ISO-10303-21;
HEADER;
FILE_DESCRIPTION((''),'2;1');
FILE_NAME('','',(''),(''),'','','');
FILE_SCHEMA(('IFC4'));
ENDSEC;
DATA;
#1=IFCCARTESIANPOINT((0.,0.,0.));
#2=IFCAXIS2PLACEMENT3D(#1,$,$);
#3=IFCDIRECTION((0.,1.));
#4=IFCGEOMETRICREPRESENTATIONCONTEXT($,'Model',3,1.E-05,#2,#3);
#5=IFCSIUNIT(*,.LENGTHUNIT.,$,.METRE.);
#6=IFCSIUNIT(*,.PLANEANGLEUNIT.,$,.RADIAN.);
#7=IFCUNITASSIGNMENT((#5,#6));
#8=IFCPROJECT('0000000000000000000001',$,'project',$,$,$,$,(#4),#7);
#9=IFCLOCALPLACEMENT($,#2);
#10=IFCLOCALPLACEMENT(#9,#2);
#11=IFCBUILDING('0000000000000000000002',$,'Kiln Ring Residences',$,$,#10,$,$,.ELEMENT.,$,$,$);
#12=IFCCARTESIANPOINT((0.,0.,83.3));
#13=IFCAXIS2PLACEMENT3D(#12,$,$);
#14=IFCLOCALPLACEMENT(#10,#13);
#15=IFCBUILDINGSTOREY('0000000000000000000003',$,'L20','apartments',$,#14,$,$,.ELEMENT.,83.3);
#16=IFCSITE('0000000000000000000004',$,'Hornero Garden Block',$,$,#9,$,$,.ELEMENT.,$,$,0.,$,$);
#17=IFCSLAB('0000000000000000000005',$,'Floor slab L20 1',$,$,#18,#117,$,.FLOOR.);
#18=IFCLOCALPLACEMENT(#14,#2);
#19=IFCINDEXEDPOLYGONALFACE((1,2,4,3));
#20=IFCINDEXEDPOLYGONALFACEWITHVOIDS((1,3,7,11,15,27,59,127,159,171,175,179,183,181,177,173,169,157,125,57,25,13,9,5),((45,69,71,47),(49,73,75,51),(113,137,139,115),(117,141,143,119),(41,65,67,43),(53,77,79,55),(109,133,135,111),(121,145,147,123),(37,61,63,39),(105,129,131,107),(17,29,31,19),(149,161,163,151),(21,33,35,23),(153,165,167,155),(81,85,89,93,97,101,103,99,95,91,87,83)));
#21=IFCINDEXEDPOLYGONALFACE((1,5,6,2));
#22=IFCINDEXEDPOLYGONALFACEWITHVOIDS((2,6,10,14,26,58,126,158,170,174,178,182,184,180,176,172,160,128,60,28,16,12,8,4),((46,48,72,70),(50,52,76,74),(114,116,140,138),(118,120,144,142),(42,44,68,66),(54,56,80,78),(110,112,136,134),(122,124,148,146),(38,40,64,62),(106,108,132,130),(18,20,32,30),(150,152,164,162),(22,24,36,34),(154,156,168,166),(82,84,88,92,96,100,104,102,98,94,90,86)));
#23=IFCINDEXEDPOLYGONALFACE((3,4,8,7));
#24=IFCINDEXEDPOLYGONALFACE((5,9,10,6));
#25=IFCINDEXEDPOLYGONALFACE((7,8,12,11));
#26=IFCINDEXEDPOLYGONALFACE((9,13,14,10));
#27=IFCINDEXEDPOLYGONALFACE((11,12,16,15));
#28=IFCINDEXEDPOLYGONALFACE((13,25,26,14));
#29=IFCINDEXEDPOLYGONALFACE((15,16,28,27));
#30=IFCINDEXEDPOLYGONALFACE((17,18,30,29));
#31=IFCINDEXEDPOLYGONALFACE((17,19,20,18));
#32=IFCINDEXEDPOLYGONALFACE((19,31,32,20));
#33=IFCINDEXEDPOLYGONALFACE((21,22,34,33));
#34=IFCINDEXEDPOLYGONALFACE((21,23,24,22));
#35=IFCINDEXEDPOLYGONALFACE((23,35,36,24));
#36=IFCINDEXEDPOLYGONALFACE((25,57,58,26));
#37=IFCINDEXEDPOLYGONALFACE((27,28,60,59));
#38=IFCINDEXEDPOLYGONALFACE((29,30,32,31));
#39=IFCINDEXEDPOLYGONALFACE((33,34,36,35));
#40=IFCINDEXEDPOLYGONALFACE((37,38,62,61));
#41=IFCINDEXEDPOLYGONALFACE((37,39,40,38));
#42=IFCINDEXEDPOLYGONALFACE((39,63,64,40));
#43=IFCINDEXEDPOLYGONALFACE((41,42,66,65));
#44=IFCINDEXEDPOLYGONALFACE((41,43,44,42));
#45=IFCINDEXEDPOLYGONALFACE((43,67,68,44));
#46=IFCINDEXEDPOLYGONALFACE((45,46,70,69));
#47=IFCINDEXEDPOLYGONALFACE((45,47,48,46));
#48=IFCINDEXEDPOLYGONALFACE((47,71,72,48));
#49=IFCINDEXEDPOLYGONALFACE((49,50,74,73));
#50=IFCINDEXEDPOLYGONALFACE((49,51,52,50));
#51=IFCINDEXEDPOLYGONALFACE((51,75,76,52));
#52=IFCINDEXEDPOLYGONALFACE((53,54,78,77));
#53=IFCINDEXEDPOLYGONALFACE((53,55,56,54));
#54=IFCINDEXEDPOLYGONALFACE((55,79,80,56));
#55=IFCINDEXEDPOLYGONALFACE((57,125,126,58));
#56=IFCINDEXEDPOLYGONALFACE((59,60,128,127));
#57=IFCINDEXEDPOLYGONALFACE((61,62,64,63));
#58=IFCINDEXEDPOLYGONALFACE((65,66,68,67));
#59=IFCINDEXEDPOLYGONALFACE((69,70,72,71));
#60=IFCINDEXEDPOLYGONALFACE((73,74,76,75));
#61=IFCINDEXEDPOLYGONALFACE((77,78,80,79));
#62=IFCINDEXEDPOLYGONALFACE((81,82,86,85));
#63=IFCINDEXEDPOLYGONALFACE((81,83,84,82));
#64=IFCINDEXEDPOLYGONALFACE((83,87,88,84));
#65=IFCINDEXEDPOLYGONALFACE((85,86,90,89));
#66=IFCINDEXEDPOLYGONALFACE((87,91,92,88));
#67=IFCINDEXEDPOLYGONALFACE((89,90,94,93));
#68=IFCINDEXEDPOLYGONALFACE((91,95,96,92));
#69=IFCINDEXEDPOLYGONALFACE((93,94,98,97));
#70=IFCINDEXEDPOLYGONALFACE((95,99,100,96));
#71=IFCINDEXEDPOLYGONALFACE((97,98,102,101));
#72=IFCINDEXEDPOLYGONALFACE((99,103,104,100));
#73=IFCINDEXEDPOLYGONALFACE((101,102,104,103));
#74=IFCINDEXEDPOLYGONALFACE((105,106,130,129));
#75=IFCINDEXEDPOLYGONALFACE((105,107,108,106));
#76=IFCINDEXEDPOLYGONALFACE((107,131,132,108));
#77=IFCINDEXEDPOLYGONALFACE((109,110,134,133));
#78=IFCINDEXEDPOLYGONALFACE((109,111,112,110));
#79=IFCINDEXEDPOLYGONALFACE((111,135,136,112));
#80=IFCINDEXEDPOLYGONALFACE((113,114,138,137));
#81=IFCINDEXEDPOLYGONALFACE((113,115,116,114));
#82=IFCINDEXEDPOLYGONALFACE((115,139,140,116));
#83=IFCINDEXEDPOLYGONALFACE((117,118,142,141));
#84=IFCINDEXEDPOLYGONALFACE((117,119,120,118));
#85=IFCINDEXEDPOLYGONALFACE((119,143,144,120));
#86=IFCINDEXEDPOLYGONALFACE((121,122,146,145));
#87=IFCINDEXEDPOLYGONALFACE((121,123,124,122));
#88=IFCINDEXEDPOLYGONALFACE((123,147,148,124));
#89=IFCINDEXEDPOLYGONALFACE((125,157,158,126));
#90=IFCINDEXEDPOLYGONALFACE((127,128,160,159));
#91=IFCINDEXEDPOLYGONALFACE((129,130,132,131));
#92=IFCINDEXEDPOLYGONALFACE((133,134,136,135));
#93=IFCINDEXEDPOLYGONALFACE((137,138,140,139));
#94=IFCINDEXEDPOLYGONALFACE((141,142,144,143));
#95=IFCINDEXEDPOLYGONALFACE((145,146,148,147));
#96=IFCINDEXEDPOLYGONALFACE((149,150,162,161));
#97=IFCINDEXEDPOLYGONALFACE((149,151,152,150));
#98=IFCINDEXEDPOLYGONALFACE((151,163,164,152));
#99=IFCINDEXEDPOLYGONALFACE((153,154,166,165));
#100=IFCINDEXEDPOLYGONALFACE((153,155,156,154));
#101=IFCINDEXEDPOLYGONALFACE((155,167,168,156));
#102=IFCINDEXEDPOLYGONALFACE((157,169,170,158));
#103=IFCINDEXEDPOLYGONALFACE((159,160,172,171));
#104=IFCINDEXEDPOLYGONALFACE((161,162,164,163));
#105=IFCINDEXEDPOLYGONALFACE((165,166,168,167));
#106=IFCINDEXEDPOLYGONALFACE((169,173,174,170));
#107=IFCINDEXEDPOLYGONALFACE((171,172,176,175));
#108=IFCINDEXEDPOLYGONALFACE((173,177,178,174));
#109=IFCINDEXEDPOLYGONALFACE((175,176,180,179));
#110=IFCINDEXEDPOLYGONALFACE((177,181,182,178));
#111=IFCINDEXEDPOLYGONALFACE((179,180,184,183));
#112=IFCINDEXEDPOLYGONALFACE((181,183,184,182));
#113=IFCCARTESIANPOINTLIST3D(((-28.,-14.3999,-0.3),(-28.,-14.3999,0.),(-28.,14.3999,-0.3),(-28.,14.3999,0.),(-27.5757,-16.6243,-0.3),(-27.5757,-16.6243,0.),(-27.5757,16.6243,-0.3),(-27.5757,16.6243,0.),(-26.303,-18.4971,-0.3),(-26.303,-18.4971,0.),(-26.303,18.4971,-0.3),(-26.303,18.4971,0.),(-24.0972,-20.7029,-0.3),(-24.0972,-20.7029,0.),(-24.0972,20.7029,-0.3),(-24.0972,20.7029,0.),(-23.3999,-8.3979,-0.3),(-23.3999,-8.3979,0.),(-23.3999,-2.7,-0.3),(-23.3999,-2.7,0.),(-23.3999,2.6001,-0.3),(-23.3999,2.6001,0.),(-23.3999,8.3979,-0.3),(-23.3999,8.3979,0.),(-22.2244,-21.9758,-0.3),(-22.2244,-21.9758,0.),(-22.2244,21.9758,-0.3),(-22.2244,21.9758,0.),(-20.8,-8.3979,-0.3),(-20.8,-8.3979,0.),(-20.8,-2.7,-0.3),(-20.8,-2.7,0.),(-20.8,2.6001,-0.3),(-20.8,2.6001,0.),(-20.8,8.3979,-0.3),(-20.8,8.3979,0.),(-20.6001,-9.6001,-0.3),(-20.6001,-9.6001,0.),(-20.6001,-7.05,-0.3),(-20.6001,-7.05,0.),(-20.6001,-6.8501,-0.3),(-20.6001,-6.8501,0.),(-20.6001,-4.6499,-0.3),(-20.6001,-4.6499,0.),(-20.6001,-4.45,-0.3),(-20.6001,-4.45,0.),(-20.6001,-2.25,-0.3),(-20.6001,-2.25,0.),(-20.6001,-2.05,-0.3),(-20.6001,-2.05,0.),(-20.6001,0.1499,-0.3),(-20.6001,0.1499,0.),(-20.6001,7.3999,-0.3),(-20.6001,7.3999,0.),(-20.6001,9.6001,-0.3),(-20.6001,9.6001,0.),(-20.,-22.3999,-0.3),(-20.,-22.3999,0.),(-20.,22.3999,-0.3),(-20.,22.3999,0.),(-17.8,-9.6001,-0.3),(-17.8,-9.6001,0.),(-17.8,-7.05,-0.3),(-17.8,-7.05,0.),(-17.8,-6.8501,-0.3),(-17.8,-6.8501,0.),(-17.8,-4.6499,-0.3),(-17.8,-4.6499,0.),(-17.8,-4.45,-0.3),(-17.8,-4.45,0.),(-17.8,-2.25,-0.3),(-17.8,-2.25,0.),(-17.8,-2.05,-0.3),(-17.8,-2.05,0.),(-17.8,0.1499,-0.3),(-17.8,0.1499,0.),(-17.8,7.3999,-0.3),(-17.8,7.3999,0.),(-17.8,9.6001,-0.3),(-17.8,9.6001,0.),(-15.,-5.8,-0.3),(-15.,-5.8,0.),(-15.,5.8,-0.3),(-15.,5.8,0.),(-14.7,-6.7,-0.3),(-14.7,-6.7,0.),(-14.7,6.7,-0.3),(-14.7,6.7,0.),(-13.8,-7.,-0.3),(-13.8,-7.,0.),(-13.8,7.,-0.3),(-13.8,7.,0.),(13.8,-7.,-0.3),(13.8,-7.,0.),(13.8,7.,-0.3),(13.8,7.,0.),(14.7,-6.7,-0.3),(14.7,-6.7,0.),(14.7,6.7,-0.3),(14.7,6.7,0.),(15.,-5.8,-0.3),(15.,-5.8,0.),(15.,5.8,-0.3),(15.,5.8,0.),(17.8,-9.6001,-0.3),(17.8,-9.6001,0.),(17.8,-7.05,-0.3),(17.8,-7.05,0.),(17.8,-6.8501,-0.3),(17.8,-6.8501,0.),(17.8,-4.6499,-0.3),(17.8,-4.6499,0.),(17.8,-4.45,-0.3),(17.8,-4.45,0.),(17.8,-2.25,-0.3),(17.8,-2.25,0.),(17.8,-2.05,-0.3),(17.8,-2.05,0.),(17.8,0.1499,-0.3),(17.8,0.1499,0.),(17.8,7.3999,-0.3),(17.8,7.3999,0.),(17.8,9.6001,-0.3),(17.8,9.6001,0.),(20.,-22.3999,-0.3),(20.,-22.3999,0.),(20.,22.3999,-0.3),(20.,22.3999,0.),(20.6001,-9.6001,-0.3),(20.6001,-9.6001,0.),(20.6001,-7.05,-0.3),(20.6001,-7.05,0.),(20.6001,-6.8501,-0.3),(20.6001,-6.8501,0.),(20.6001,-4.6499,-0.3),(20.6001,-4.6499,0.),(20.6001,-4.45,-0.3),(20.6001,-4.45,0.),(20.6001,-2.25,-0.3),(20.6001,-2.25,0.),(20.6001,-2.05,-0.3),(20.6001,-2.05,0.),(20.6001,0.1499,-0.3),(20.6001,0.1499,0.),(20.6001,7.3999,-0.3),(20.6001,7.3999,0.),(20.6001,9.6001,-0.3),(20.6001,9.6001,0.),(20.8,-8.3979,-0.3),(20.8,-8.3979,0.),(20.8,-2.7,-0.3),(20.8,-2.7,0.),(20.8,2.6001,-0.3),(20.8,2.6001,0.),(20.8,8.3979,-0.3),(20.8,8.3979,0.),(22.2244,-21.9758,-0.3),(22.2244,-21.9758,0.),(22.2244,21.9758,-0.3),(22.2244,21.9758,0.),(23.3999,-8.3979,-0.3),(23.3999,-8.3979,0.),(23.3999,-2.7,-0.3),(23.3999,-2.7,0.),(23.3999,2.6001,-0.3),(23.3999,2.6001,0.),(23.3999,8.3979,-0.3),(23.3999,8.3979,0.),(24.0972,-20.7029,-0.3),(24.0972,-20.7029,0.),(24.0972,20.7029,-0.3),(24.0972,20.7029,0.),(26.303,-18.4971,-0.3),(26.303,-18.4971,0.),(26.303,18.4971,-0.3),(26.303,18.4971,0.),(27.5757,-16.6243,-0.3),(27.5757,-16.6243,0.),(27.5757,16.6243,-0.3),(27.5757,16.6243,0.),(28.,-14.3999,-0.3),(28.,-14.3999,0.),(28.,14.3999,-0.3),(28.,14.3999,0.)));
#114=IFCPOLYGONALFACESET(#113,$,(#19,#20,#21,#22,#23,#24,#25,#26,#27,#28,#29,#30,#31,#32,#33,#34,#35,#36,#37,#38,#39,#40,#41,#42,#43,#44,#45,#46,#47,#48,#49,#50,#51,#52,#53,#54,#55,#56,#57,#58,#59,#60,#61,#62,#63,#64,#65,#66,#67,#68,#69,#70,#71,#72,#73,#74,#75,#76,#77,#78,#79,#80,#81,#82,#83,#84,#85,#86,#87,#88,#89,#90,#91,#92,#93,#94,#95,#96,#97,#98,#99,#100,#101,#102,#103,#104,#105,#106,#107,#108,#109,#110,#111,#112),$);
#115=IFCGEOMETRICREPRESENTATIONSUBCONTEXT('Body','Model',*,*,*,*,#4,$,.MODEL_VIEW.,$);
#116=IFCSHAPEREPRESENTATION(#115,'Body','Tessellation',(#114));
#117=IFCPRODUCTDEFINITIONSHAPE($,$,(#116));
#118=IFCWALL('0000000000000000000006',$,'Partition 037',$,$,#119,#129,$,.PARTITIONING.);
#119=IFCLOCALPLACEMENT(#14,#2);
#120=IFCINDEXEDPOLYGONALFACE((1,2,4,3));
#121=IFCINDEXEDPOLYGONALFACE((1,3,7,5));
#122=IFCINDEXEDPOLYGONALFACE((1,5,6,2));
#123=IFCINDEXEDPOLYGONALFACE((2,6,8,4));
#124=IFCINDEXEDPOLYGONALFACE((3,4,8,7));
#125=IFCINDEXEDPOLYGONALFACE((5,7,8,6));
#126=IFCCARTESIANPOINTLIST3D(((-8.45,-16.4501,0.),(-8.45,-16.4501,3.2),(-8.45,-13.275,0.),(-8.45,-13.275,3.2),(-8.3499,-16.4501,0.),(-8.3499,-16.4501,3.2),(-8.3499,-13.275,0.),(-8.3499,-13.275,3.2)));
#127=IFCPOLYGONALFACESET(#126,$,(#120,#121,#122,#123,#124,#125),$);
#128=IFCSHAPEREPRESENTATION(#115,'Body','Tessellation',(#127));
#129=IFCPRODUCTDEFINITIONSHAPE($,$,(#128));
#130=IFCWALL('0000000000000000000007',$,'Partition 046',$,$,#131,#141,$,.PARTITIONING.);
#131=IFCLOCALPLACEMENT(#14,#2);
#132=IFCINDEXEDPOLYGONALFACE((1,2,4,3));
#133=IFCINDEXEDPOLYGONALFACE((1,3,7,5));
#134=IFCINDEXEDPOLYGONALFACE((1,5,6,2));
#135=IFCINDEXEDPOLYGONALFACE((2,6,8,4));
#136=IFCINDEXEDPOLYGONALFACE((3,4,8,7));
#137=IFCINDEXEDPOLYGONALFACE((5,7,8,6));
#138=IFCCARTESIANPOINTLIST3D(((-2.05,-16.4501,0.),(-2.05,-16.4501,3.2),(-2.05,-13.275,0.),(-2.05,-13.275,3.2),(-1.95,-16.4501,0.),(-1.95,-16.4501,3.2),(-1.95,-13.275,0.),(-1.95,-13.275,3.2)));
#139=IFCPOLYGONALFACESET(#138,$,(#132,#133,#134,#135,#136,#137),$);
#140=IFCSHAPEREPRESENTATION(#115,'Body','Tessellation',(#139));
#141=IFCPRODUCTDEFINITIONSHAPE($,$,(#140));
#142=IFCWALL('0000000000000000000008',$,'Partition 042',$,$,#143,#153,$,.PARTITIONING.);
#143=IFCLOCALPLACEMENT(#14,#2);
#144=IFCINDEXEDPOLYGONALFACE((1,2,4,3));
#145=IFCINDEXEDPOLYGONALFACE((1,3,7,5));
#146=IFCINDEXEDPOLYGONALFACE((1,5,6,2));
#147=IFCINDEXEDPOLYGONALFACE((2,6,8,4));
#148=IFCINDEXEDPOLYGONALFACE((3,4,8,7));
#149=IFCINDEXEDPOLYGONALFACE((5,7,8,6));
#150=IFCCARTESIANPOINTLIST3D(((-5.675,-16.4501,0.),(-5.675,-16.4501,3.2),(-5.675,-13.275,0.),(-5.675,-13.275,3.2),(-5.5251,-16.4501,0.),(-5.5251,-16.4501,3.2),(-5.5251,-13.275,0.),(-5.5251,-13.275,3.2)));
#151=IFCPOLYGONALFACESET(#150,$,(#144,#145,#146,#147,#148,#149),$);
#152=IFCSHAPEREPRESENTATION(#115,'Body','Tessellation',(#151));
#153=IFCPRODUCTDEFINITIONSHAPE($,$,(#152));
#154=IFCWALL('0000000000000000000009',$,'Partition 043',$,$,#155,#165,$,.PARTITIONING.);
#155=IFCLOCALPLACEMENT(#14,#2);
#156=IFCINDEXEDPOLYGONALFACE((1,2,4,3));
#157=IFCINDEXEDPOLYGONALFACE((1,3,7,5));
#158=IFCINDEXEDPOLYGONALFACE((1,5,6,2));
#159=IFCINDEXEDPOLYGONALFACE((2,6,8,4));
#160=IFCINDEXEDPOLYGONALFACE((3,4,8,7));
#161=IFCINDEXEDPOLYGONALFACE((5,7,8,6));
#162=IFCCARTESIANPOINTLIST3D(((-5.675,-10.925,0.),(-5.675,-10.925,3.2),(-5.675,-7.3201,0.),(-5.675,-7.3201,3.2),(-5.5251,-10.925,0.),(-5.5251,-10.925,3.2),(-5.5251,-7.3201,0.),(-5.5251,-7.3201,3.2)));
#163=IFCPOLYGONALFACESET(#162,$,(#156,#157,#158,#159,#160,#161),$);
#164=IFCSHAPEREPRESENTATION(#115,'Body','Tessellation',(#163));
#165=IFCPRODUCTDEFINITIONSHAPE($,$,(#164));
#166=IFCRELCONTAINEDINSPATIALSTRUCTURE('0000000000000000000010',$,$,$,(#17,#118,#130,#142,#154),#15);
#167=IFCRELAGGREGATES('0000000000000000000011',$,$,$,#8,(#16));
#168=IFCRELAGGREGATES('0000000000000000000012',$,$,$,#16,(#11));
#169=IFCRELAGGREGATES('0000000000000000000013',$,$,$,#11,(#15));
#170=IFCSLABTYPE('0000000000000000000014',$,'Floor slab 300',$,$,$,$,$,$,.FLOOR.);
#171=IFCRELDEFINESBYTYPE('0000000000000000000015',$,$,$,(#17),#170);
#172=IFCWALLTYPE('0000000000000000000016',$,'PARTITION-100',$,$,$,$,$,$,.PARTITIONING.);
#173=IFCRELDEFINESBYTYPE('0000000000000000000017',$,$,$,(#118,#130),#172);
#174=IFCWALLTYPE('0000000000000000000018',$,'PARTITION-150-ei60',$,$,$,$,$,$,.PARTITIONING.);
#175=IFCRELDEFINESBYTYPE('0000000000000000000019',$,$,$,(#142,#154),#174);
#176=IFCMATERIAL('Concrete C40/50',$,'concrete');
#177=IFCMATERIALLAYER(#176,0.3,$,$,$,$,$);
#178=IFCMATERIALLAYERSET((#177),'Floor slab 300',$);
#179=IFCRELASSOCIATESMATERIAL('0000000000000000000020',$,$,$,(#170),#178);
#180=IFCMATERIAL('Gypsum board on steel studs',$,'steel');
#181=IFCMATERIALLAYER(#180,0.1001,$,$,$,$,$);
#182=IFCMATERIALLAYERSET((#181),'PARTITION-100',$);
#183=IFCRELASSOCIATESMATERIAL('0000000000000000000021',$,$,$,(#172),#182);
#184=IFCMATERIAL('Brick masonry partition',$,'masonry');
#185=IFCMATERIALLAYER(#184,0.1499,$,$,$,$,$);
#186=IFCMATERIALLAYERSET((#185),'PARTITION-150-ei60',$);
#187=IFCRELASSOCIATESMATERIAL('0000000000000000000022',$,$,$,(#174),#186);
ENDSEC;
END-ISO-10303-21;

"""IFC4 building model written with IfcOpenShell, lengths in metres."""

from ifc_helpers import new_model, si_unit, direction, frame, frame_2d, origin, place, context, subcontext, project, spatial, polyline, rectangle, outline, extrude, material, layer, layer_set, type_object, element, save


model = new_model("IFC4")

# Units and contexts
model_context = context("Model", 3, precision=1e-05, world=origin(), true_north=direction((0.0, 1.0)))
body_context = subcontext(model_context, "Body", "Model", "MODEL_VIEW")
ifc_project = project(units=[si_unit("LENGTHUNIT", "METRE"), si_unit("PLANEANGLEUNIT", "RADIAN")], contexts=[model_context])

# Site, building, storey
site_placement = place(None, origin())
site = spatial("IfcSite", under=ifc_project, at=site_placement, Name="Hornero Garden Block", CompositionType="ELEMENT", RefElevation=0.0)
building_placement = place(site_placement, origin())
building = spatial("IfcBuilding", under=site, at=building_placement, Name="Kiln Ring Residences", CompositionType="ELEMENT")
storey_placement = place(building_placement, frame((0.0, 0.0, 83.3)))
storey = spatial("IfcBuildingStorey", under=building, at=storey_placement, Name="L20", Description="apartments", CompositionType="ELEMENT", Elevation=83.3)

# Slab
ifc_material_1 = material(Name="Concrete C40/50", Category="concrete")
ifc_layer_1 = layer(ifc_material_1, 0.3)
ifc_layer_set_1 = layer_set([ifc_layer_1], Name="Floor slab 300")
slab_type = type_object("IfcSlabType", Name="Floor slab 300", PredefinedType="FLOOR", material=ifc_layer_set_1)
slab_placement = place(storey_placement, frame((0.0, 0.0, -0.3)))
element("IfcSlab", 1, at=slab_placement, inside=storey, type_object=slab_type, Name="Floor slab L20 1", PredefinedType="FLOOR", context=body_context, shape_type="SweptSolid", body=[
    extrude(outline(polyline([(-26.303, -18.4971), (-24.0972, -20.7029), (-22.2244, -21.9758), (-20.0, -22.3999), (20.0, -22.3999), (22.2244, -21.9758), (24.0972, -20.7029), (26.303, -18.4971), (27.5757, -16.6243), (28.0, -14.3999), (28.0, 14.3999), (27.5757, 16.6243), (26.303, 18.4971), (24.0972, 20.7029), (22.2244, 21.9758), (20.0, 22.3999), (-20.0, 22.3999), (-22.2244, 21.9758), (-24.0972, 20.7029), (-26.303, 18.4971), (-27.5757, 16.6243), (-28.0, 14.3999), (-28.0, -14.3999), (-27.5757, -16.6243), (-26.303, -18.4971)]), holes=[polyline([(-14.7, -6.7), (-15.0, -5.8), (-15.0, 5.8), (-14.7, 6.7), (-13.8, 7.0), (13.8, 7.0), (14.7, 6.7), (15.0, 5.8), (15.0, -5.8), (14.7, -6.7), (13.8, -7.0), (-13.8, -7.0), (-14.7, -6.7)]), polyline([(20.8, -8.3979), (20.8, -2.7), (23.3999, -2.7), (23.3999, -8.3979), (20.8, -8.3979)]), polyline([(20.8, 2.6001), (20.8, 8.3979), (23.3999, 8.3979), (23.3999, 2.6001), (20.8, 2.6001)]), polyline([(17.8, -6.8501), (17.8, -4.6499), (20.6001, -4.6499), (20.6001, -6.8501), (17.8, -6.8501)]), polyline([(17.8, -4.45), (17.8, -2.25), (20.6001, -2.25), (20.6001, -4.45), (17.8, -4.45)]), polyline([(17.8, -2.05), (17.8, 0.1499), (20.6001, 0.1499), (20.6001, -2.05), (17.8, -2.05)]), polyline([(17.8, 7.3999), (17.8, 9.6001), (20.6001, 9.6001), (20.6001, 7.3999), (17.8, 7.3999)]), polyline([(20.6001, -9.6001), (17.8, -9.6001), (17.8, -7.05), (20.6001, -7.05), (20.6001, -9.6001)]), polyline([(-17.8, -7.05), (-17.8, -9.6001), (-20.6001, -9.6001), (-20.6001, -7.05), (-17.8, -7.05)]), polyline([(-17.8, -6.8501), (-20.6001, -6.8501), (-20.6001, -4.6499), (-17.8, -4.6499), (-17.8, -6.8501)]), polyline([(-17.8, -4.45), (-20.6001, -4.45), (-20.6001, -2.25), (-17.8, -2.25), (-17.8, -4.45)]), polyline([(-17.8, -2.05), (-20.6001, -2.05), (-20.6001, 0.1499), (-17.8, 0.1499), (-17.8, -2.05)]), polyline([(-17.8, 7.3999), (-20.6001, 7.3999), (-20.6001, 9.6001), (-17.8, 9.6001), (-17.8, 7.3999)]), polyline([(-20.8, -8.3979), (-23.3999, -8.3979), (-23.3999, -2.7), (-20.8, -2.7), (-20.8, -8.3979)]), polyline([(-20.8, 2.6001), (-23.3999, 2.6001), (-23.3999, 8.3979), (-20.8, 8.3979), (-20.8, 2.6001)])]), origin(), (0.0, 0.0, 1.0), 0.3),
])

# Walls
ifc_material_2 = material(Name="Gypsum board on steel studs", Category="steel")
ifc_layer_2 = layer(ifc_material_2, 0.1001)
ifc_layer_set_2 = layer_set([ifc_layer_2], Name="PARTITION-100")
wall_type_1 = type_object("IfcWallType", Name="PARTITION-100", PredefinedType="PARTITIONING", material=ifc_layer_set_2)
for number, where, z_axis, x_axis, name in (
    (2, (-8.3999, -16.45, 0.0), (0.0, 0.0, 1.0), (0.0, 1.0, 0.0), "Partition 037"),
    (3, (-2.0, -16.45, 0.0), (0.0, 0.0, 1.0), (0.0, 1.0, 0.0), "Partition 046"),
):
    element("IfcWall", number, at=place(storey_placement, frame(where, z_axis=z_axis, x_axis=x_axis)), inside=storey, type_object=wall_type_1, Name=name, PredefinedType="PARTITIONING", context=body_context, shape_type="SweptSolid", body=[
        extrude(rectangle(XDim=3.175, YDim=0.1001, at=frame_2d((1.5874, 0.0))), origin(), (0.0, 0.0, 1.0), 3.2),
    ])
ifc_material_3 = material(Name="Brick masonry partition", Category="masonry")
ifc_layer_3 = layer(ifc_material_3, 0.1499)
ifc_layer_set_3 = layer_set([ifc_layer_3], Name="PARTITION-150-ei60")
wall_type_2 = type_object("IfcWallType", Name="PARTITION-150-ei60", PredefinedType="PARTITIONING", material=ifc_layer_set_3)
wall_1_placement = place(storey_placement, frame((-5.6001, -16.45, 0.0), z_axis=(0.0, 0.0, 1.0), x_axis=(0.0, 1.0, 0.0)))
element("IfcWall", 4, at=wall_1_placement, inside=storey, type_object=wall_type_2, Name="Partition 042", PredefinedType="PARTITIONING", context=body_context, shape_type="SweptSolid", body=[
    extrude(rectangle(XDim=3.175, YDim=0.1499, at=frame_2d((1.5874, 0.0))), origin(), (0.0, 0.0, 1.0), 3.2),
])
wall_2_placement = place(storey_placement, frame((-5.6001, -10.925, 0.0), z_axis=(0.0, 0.0, 1.0), x_axis=(0.0, 1.0, 0.0)))
element("IfcWall", 5, at=wall_2_placement, inside=storey, type_object=wall_type_2, Name="Partition 043", PredefinedType="PARTITIONING", context=body_context, shape_type="SweptSolid", body=[
    extrude(rectangle(XDim=3.605, YDim=0.1499, at=frame_2d((1.8025, 0.0))), origin(), (0.0, 0.0, 1.0), 3.2),
])

save(model, "model.ifc")
